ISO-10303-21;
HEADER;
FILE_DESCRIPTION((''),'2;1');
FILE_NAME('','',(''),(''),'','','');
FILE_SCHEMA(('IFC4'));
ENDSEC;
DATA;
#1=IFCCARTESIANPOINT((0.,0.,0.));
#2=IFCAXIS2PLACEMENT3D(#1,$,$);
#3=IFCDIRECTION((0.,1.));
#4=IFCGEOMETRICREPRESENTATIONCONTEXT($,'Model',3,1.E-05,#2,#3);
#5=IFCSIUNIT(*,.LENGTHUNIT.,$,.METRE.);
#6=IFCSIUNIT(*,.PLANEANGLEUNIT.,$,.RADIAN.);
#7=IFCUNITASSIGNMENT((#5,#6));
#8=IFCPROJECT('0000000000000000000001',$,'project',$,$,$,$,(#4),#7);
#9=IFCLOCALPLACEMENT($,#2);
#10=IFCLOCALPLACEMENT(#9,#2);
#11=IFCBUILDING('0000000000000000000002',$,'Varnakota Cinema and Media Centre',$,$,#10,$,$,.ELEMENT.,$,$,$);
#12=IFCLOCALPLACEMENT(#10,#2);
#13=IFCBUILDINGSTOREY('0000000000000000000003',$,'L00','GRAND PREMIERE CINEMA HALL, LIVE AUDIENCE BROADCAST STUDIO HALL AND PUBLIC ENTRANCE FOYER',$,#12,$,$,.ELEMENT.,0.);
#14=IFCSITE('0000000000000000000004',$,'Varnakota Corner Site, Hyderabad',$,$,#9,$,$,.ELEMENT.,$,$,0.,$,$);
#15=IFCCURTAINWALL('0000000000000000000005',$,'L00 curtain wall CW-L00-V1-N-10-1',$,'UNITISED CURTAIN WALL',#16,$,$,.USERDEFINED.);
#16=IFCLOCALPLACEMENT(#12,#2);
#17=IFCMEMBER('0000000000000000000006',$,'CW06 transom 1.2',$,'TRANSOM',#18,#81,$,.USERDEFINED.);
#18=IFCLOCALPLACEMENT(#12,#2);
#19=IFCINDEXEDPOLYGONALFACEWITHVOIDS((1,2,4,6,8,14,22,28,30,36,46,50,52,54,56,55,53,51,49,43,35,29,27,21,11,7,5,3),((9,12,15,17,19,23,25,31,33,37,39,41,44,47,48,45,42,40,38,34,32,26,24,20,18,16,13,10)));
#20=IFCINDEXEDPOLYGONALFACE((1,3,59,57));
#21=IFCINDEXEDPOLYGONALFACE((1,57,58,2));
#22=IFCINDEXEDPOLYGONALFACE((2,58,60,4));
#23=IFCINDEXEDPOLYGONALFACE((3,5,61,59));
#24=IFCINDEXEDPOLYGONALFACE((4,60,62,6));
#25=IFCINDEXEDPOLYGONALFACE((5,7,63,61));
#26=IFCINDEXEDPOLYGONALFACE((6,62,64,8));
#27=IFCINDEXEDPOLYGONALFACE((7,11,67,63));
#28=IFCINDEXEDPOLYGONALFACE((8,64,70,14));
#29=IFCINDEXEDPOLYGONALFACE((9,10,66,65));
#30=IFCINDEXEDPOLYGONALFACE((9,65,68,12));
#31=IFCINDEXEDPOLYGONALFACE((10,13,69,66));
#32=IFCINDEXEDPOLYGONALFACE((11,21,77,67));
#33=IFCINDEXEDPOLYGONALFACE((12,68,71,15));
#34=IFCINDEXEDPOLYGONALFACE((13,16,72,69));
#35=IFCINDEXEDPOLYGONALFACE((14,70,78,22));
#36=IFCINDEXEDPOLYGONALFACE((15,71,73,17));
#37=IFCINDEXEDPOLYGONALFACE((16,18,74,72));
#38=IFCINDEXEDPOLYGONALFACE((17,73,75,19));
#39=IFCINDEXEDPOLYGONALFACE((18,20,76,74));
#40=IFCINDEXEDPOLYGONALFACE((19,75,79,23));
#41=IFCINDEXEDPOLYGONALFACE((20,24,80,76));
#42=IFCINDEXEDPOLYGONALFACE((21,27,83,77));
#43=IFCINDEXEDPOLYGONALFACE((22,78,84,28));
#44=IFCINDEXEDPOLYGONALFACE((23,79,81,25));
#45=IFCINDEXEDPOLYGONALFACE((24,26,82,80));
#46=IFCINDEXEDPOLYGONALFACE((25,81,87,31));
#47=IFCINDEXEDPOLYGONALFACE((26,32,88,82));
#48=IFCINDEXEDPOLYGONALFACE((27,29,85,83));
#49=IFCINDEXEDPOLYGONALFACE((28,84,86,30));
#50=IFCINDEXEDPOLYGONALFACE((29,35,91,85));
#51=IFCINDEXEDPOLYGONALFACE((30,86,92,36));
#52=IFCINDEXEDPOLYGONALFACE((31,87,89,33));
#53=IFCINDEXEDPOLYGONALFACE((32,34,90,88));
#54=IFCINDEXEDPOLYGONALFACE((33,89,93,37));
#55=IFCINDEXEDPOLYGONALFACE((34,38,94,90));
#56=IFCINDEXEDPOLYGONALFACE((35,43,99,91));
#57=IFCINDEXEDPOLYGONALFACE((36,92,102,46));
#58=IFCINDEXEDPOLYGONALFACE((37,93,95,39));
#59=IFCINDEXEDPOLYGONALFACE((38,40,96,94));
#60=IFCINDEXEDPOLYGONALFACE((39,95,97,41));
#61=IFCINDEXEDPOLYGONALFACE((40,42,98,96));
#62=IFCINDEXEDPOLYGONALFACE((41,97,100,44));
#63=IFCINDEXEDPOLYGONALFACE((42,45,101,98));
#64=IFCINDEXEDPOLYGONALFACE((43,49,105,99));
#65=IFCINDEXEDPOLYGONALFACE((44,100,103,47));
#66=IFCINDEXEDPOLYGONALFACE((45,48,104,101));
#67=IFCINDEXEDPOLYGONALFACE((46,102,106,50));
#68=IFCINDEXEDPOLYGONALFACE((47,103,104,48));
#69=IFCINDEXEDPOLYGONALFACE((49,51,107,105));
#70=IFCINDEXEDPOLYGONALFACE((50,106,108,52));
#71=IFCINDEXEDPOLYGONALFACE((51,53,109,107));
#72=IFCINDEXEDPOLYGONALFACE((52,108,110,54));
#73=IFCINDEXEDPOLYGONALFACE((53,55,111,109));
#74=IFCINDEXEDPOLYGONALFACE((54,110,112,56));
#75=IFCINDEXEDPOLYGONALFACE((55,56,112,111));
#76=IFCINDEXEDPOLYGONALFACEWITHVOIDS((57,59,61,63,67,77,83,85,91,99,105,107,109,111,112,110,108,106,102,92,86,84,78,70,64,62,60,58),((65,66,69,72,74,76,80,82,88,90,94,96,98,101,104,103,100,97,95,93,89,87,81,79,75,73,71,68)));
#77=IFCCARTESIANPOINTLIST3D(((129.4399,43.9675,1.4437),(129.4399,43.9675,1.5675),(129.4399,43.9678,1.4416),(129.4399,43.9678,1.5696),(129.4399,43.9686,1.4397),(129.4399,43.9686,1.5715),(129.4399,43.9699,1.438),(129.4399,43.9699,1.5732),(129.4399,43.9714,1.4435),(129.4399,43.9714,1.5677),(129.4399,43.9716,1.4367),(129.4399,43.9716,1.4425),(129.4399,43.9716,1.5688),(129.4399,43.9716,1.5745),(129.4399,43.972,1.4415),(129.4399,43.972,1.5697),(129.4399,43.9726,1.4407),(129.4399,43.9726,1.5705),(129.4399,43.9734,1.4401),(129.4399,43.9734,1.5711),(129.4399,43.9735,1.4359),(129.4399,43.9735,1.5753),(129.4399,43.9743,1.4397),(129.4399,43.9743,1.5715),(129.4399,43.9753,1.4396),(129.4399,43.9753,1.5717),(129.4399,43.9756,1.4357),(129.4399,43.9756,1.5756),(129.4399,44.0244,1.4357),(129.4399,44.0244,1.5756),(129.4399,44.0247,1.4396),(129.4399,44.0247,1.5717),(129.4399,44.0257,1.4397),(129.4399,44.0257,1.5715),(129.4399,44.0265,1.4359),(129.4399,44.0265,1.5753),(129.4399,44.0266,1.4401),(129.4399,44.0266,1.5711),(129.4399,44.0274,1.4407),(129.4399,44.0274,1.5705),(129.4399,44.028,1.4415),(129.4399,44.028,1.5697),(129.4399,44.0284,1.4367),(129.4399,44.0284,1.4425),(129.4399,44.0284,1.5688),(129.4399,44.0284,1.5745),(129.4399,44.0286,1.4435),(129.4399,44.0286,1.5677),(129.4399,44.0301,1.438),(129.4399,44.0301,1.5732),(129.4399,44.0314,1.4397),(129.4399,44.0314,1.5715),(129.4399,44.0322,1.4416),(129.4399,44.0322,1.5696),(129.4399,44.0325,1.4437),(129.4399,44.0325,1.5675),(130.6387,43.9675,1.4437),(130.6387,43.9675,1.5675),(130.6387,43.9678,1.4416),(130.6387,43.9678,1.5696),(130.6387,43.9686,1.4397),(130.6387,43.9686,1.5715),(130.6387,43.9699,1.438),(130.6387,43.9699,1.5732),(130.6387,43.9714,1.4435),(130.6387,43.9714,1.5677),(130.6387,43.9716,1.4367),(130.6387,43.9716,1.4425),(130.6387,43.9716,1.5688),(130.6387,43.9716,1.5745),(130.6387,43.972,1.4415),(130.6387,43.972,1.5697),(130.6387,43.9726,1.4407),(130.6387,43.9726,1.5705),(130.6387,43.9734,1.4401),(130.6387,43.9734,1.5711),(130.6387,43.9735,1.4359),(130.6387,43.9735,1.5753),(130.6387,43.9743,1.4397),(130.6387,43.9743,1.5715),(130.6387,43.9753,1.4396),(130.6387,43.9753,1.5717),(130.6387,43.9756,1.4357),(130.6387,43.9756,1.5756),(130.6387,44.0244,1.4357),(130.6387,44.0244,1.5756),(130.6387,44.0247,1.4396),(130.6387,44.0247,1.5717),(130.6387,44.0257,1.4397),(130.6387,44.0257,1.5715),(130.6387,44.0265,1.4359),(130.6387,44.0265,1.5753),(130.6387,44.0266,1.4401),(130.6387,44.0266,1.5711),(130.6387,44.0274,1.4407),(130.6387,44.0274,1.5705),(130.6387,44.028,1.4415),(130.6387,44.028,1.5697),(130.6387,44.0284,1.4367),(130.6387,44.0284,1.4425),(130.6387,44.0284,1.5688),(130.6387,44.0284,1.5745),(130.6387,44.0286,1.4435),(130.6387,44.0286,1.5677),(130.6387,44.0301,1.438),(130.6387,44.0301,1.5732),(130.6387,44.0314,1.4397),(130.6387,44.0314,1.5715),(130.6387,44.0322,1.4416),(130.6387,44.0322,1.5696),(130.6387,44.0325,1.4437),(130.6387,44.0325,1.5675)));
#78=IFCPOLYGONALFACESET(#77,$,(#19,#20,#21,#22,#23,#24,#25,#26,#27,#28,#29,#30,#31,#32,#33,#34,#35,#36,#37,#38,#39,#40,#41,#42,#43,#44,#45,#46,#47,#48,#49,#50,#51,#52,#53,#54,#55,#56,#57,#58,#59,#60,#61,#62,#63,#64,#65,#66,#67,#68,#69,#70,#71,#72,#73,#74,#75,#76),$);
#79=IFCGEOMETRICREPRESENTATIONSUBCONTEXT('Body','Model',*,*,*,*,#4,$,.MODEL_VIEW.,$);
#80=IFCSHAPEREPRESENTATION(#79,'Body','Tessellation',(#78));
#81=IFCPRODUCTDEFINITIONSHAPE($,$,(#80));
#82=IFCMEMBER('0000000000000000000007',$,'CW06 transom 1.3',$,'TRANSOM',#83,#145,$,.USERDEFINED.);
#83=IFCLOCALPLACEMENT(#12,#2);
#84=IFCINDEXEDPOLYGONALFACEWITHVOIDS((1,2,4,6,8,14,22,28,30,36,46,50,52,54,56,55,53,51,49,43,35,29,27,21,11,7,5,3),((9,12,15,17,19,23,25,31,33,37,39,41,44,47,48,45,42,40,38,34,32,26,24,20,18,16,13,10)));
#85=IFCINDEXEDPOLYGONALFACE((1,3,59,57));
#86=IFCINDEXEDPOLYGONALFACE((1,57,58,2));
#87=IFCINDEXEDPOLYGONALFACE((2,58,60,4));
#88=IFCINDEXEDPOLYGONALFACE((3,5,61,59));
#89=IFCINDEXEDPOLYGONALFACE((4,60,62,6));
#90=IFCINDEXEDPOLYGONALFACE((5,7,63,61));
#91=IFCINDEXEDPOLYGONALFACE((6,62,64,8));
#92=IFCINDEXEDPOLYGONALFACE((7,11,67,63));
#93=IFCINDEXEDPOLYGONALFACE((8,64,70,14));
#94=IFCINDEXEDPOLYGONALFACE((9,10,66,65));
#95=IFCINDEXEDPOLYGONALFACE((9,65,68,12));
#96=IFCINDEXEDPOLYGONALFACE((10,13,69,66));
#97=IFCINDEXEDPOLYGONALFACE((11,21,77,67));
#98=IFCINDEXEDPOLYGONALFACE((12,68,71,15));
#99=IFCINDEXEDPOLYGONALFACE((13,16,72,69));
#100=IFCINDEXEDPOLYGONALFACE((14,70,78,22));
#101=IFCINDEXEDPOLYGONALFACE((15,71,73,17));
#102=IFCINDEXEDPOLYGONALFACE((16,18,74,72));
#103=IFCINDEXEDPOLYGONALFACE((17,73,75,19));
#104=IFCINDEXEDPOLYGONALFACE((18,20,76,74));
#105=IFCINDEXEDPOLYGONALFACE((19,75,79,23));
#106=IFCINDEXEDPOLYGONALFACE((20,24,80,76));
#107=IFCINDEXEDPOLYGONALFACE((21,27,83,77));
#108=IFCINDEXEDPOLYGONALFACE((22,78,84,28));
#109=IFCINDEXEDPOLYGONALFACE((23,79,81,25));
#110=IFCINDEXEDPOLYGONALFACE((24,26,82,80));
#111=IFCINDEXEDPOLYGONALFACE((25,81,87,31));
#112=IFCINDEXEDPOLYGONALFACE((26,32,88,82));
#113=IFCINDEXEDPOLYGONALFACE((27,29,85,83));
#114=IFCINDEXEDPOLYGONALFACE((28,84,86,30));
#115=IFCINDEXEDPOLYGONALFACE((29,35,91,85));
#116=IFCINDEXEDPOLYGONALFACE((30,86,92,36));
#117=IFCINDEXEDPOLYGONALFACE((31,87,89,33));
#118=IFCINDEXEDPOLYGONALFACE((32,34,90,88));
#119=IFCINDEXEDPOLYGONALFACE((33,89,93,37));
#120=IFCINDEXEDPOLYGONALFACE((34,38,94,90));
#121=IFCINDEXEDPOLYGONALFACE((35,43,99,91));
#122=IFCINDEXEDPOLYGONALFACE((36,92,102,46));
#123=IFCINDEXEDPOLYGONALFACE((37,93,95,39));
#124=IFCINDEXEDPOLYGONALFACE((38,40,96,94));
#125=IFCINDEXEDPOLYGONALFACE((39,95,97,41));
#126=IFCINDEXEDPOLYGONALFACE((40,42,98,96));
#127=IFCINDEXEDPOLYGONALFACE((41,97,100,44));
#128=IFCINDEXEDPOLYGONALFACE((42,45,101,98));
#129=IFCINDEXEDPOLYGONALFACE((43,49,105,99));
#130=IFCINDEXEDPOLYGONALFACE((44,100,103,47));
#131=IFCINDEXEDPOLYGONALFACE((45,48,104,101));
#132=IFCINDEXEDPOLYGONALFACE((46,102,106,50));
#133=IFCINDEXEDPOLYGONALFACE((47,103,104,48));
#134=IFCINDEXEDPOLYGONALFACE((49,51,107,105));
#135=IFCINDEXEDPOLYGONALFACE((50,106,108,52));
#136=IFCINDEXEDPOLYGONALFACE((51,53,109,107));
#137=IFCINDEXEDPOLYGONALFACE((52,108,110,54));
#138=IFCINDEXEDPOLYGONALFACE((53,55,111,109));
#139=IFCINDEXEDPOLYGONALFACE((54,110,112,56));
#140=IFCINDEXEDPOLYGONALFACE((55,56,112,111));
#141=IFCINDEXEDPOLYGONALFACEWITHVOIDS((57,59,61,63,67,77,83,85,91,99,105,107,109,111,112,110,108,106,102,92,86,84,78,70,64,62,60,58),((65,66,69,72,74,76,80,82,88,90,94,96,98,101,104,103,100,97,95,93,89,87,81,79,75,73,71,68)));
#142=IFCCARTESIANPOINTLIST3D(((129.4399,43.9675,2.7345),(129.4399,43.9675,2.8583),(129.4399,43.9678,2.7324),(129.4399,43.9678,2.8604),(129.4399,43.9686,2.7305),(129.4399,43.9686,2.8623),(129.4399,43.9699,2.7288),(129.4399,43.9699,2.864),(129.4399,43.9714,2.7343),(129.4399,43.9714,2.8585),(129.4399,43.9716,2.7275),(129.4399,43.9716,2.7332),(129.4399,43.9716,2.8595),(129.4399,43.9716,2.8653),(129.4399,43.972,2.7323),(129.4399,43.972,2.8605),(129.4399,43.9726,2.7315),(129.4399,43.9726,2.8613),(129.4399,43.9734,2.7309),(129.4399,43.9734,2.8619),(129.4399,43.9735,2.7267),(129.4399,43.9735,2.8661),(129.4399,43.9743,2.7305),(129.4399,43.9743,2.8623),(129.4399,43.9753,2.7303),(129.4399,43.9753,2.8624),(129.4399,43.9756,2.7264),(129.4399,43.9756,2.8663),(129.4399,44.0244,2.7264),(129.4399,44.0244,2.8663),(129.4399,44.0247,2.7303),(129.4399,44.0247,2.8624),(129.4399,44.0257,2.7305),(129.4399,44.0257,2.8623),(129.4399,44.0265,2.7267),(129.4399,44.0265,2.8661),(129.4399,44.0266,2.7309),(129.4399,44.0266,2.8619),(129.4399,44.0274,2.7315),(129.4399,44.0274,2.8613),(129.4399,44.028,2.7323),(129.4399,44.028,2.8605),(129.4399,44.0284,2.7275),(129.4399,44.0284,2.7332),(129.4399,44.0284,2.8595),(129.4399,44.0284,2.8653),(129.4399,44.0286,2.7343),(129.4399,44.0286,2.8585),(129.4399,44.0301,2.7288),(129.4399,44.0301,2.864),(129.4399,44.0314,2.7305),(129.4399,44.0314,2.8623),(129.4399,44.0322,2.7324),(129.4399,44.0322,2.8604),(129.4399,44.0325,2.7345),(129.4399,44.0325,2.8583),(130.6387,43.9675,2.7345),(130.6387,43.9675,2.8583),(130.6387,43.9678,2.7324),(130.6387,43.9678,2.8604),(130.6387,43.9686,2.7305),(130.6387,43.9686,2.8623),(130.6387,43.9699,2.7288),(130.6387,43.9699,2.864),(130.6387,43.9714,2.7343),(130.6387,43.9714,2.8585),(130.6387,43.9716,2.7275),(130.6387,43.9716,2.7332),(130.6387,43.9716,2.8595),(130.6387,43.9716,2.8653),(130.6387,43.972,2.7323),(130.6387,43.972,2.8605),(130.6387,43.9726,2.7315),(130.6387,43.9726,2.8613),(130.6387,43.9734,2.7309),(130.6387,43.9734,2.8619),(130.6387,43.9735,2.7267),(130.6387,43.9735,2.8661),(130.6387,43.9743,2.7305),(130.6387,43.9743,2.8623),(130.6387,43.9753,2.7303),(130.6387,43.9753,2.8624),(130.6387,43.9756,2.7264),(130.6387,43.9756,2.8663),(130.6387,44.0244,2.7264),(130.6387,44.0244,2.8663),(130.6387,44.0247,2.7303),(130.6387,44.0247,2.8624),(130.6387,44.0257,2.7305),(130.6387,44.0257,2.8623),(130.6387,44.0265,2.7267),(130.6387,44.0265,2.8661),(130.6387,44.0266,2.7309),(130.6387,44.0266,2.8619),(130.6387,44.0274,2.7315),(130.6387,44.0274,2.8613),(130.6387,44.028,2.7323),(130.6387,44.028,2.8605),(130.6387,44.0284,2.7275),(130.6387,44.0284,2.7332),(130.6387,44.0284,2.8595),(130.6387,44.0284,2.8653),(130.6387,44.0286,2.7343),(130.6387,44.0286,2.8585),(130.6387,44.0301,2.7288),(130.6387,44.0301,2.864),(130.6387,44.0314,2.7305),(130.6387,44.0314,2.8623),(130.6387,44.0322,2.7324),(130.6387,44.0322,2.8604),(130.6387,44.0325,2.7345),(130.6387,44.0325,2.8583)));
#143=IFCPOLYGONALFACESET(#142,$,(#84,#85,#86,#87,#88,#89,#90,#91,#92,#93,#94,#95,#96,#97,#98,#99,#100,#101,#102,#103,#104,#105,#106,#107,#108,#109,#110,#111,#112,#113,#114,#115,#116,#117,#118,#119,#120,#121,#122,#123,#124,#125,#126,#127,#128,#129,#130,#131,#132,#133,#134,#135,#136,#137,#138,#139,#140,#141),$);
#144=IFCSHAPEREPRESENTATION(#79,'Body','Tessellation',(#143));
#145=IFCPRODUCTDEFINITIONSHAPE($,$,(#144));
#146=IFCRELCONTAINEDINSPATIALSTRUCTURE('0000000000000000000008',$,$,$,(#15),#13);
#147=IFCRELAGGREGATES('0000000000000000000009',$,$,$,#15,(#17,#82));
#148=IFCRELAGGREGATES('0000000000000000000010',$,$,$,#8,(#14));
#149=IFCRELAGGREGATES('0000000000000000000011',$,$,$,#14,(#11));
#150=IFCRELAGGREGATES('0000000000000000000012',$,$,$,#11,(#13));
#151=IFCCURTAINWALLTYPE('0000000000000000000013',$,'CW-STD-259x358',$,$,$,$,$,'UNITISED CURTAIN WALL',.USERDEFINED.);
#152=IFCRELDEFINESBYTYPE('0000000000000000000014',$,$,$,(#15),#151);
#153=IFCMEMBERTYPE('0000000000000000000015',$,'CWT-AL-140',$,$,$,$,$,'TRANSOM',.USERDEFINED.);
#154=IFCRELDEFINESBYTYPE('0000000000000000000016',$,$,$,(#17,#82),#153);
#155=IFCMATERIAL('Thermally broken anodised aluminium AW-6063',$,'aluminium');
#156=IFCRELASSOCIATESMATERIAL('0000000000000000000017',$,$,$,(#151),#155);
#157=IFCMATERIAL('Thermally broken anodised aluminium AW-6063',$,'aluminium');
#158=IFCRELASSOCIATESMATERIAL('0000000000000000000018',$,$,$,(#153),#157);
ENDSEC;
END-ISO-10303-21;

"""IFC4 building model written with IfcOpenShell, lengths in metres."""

from ifc_helpers import new_model, si_unit, direction, frame, origin, origin_2d, place, context, subcontext, project, spatial, hollow_rectangle, extrude, material, material_profile, profile_set, type_object, element, aggregate, save


model = new_model("IFC4")

# Units and contexts
model_context = context("Model", 3, precision=1e-05, world=origin(), true_north=direction((0.0, 1.0)))
body_context = subcontext(model_context, "Body", "Model", "MODEL_VIEW")
ifc_project = project(units=[si_unit("LENGTHUNIT", "METRE"), si_unit("PLANEANGLEUNIT", "RADIAN")], contexts=[model_context])

# Site, building, storey
site_placement = place(None, origin())
site = spatial("IfcSite", under=ifc_project, at=site_placement, Name="Varnakota Corner Site, Hyderabad", CompositionType="ELEMENT", RefElevation=0.0)
building_placement = place(site_placement, origin())
building = spatial("IfcBuilding", under=site, at=building_placement, Name="Varnakota Cinema and Media Centre", CompositionType="ELEMENT")
storey_placement = place(building_placement, origin())
storey = spatial("IfcBuildingStorey", under=building, at=storey_placement, Name="L00", Description="GRAND PREMIERE CINEMA HALL, LIVE AUDIENCE BROADCAST STUDIO HALL AND PUBLIC ENTRANCE FOYER", CompositionType="ELEMENT", Elevation=0.0)

# Curtain wall
ifc_material_1 = material(Name="Thermally broken anodised aluminium AW-6063", Category="aluminium")
curtain_wall_type = type_object("IfcCurtainWallType", Name="CW-STD-259x358", ElementType="UNITISED CURTAIN WALL", PredefinedType="USERDEFINED", material=ifc_material_1)
curtain_wall_1_placement = place(storey_placement, origin())
curtain_wall_1 = element("IfcCurtainWall", 1, at=curtain_wall_1_placement, inside=storey, type_object=curtain_wall_type, Name="L00 curtain wall CW-L00-V1-N-10-1", ObjectType="UNITISED CURTAIN WALL", PredefinedType="USERDEFINED")

# Members
ifc_material_2 = material(Name="Thermally broken anodised aluminium AW-6063", Category="aluminium")
ifc_material_profile_1 = material_profile(ifc_material_2, hollow_rectangle(XDim=0.0649, YDim=0.1399, WallThickness=0.0039, InnerFilletRadius=0.0039, OuterFilletRadius=0.0081, at=origin_2d()), Name="AL-TRANSOM 140x65x4")
ifc_profile_set_1 = profile_set([ifc_material_profile_1], Name="Thermally broken anodised aluminium AW-6063")
member_type_1 = type_object("IfcMemberType", Name="CWT-AL-140", ElementType="TRANSOM", PredefinedType="USERDEFINED", material=ifc_profile_set_1)
member_1_placement = place(storey_placement, frame((129.4399, 44.0, 1.5056), z_axis=(1.0, 0.0, 0.0), x_axis=(0.0, 1.0, 0.0)))
member_1 = element("IfcMember", 2, at=member_1_placement, type_object=member_type_1, Name="CW06 transom 1.2", ObjectType="TRANSOM", PredefinedType="USERDEFINED", context=body_context, shape_type="SweptSolid", body=[
    extrude(hollow_rectangle(XDim=0.0649, YDim=0.1399, WallThickness=0.0039, InnerFilletRadius=0.0039, OuterFilletRadius=0.0081, at=origin_2d()), origin(), (0.0, 0.0, 1.0), 1.1987),
])
member_2_placement = place(storey_placement, frame((129.4399, 44.0, 2.7964), z_axis=(1.0, 0.0, 0.0), x_axis=(0.0, 1.0, 0.0)))
member_2 = element("IfcMember", 3, at=member_2_placement, type_object=member_type_1, Name="CW06 transom 1.3", ObjectType="TRANSOM", PredefinedType="USERDEFINED", context=body_context, shape_type="SweptSolid", body=[
    extrude(hollow_rectangle(XDim=0.0649, YDim=0.1399, WallThickness=0.0039, InnerFilletRadius=0.0039, OuterFilletRadius=0.0081, at=origin_2d()), origin(), (0.0, 0.0, 1.0), 1.1987),
])

aggregate(curtain_wall_1, [member_1, member_2])

save(model, "model.ifc")
